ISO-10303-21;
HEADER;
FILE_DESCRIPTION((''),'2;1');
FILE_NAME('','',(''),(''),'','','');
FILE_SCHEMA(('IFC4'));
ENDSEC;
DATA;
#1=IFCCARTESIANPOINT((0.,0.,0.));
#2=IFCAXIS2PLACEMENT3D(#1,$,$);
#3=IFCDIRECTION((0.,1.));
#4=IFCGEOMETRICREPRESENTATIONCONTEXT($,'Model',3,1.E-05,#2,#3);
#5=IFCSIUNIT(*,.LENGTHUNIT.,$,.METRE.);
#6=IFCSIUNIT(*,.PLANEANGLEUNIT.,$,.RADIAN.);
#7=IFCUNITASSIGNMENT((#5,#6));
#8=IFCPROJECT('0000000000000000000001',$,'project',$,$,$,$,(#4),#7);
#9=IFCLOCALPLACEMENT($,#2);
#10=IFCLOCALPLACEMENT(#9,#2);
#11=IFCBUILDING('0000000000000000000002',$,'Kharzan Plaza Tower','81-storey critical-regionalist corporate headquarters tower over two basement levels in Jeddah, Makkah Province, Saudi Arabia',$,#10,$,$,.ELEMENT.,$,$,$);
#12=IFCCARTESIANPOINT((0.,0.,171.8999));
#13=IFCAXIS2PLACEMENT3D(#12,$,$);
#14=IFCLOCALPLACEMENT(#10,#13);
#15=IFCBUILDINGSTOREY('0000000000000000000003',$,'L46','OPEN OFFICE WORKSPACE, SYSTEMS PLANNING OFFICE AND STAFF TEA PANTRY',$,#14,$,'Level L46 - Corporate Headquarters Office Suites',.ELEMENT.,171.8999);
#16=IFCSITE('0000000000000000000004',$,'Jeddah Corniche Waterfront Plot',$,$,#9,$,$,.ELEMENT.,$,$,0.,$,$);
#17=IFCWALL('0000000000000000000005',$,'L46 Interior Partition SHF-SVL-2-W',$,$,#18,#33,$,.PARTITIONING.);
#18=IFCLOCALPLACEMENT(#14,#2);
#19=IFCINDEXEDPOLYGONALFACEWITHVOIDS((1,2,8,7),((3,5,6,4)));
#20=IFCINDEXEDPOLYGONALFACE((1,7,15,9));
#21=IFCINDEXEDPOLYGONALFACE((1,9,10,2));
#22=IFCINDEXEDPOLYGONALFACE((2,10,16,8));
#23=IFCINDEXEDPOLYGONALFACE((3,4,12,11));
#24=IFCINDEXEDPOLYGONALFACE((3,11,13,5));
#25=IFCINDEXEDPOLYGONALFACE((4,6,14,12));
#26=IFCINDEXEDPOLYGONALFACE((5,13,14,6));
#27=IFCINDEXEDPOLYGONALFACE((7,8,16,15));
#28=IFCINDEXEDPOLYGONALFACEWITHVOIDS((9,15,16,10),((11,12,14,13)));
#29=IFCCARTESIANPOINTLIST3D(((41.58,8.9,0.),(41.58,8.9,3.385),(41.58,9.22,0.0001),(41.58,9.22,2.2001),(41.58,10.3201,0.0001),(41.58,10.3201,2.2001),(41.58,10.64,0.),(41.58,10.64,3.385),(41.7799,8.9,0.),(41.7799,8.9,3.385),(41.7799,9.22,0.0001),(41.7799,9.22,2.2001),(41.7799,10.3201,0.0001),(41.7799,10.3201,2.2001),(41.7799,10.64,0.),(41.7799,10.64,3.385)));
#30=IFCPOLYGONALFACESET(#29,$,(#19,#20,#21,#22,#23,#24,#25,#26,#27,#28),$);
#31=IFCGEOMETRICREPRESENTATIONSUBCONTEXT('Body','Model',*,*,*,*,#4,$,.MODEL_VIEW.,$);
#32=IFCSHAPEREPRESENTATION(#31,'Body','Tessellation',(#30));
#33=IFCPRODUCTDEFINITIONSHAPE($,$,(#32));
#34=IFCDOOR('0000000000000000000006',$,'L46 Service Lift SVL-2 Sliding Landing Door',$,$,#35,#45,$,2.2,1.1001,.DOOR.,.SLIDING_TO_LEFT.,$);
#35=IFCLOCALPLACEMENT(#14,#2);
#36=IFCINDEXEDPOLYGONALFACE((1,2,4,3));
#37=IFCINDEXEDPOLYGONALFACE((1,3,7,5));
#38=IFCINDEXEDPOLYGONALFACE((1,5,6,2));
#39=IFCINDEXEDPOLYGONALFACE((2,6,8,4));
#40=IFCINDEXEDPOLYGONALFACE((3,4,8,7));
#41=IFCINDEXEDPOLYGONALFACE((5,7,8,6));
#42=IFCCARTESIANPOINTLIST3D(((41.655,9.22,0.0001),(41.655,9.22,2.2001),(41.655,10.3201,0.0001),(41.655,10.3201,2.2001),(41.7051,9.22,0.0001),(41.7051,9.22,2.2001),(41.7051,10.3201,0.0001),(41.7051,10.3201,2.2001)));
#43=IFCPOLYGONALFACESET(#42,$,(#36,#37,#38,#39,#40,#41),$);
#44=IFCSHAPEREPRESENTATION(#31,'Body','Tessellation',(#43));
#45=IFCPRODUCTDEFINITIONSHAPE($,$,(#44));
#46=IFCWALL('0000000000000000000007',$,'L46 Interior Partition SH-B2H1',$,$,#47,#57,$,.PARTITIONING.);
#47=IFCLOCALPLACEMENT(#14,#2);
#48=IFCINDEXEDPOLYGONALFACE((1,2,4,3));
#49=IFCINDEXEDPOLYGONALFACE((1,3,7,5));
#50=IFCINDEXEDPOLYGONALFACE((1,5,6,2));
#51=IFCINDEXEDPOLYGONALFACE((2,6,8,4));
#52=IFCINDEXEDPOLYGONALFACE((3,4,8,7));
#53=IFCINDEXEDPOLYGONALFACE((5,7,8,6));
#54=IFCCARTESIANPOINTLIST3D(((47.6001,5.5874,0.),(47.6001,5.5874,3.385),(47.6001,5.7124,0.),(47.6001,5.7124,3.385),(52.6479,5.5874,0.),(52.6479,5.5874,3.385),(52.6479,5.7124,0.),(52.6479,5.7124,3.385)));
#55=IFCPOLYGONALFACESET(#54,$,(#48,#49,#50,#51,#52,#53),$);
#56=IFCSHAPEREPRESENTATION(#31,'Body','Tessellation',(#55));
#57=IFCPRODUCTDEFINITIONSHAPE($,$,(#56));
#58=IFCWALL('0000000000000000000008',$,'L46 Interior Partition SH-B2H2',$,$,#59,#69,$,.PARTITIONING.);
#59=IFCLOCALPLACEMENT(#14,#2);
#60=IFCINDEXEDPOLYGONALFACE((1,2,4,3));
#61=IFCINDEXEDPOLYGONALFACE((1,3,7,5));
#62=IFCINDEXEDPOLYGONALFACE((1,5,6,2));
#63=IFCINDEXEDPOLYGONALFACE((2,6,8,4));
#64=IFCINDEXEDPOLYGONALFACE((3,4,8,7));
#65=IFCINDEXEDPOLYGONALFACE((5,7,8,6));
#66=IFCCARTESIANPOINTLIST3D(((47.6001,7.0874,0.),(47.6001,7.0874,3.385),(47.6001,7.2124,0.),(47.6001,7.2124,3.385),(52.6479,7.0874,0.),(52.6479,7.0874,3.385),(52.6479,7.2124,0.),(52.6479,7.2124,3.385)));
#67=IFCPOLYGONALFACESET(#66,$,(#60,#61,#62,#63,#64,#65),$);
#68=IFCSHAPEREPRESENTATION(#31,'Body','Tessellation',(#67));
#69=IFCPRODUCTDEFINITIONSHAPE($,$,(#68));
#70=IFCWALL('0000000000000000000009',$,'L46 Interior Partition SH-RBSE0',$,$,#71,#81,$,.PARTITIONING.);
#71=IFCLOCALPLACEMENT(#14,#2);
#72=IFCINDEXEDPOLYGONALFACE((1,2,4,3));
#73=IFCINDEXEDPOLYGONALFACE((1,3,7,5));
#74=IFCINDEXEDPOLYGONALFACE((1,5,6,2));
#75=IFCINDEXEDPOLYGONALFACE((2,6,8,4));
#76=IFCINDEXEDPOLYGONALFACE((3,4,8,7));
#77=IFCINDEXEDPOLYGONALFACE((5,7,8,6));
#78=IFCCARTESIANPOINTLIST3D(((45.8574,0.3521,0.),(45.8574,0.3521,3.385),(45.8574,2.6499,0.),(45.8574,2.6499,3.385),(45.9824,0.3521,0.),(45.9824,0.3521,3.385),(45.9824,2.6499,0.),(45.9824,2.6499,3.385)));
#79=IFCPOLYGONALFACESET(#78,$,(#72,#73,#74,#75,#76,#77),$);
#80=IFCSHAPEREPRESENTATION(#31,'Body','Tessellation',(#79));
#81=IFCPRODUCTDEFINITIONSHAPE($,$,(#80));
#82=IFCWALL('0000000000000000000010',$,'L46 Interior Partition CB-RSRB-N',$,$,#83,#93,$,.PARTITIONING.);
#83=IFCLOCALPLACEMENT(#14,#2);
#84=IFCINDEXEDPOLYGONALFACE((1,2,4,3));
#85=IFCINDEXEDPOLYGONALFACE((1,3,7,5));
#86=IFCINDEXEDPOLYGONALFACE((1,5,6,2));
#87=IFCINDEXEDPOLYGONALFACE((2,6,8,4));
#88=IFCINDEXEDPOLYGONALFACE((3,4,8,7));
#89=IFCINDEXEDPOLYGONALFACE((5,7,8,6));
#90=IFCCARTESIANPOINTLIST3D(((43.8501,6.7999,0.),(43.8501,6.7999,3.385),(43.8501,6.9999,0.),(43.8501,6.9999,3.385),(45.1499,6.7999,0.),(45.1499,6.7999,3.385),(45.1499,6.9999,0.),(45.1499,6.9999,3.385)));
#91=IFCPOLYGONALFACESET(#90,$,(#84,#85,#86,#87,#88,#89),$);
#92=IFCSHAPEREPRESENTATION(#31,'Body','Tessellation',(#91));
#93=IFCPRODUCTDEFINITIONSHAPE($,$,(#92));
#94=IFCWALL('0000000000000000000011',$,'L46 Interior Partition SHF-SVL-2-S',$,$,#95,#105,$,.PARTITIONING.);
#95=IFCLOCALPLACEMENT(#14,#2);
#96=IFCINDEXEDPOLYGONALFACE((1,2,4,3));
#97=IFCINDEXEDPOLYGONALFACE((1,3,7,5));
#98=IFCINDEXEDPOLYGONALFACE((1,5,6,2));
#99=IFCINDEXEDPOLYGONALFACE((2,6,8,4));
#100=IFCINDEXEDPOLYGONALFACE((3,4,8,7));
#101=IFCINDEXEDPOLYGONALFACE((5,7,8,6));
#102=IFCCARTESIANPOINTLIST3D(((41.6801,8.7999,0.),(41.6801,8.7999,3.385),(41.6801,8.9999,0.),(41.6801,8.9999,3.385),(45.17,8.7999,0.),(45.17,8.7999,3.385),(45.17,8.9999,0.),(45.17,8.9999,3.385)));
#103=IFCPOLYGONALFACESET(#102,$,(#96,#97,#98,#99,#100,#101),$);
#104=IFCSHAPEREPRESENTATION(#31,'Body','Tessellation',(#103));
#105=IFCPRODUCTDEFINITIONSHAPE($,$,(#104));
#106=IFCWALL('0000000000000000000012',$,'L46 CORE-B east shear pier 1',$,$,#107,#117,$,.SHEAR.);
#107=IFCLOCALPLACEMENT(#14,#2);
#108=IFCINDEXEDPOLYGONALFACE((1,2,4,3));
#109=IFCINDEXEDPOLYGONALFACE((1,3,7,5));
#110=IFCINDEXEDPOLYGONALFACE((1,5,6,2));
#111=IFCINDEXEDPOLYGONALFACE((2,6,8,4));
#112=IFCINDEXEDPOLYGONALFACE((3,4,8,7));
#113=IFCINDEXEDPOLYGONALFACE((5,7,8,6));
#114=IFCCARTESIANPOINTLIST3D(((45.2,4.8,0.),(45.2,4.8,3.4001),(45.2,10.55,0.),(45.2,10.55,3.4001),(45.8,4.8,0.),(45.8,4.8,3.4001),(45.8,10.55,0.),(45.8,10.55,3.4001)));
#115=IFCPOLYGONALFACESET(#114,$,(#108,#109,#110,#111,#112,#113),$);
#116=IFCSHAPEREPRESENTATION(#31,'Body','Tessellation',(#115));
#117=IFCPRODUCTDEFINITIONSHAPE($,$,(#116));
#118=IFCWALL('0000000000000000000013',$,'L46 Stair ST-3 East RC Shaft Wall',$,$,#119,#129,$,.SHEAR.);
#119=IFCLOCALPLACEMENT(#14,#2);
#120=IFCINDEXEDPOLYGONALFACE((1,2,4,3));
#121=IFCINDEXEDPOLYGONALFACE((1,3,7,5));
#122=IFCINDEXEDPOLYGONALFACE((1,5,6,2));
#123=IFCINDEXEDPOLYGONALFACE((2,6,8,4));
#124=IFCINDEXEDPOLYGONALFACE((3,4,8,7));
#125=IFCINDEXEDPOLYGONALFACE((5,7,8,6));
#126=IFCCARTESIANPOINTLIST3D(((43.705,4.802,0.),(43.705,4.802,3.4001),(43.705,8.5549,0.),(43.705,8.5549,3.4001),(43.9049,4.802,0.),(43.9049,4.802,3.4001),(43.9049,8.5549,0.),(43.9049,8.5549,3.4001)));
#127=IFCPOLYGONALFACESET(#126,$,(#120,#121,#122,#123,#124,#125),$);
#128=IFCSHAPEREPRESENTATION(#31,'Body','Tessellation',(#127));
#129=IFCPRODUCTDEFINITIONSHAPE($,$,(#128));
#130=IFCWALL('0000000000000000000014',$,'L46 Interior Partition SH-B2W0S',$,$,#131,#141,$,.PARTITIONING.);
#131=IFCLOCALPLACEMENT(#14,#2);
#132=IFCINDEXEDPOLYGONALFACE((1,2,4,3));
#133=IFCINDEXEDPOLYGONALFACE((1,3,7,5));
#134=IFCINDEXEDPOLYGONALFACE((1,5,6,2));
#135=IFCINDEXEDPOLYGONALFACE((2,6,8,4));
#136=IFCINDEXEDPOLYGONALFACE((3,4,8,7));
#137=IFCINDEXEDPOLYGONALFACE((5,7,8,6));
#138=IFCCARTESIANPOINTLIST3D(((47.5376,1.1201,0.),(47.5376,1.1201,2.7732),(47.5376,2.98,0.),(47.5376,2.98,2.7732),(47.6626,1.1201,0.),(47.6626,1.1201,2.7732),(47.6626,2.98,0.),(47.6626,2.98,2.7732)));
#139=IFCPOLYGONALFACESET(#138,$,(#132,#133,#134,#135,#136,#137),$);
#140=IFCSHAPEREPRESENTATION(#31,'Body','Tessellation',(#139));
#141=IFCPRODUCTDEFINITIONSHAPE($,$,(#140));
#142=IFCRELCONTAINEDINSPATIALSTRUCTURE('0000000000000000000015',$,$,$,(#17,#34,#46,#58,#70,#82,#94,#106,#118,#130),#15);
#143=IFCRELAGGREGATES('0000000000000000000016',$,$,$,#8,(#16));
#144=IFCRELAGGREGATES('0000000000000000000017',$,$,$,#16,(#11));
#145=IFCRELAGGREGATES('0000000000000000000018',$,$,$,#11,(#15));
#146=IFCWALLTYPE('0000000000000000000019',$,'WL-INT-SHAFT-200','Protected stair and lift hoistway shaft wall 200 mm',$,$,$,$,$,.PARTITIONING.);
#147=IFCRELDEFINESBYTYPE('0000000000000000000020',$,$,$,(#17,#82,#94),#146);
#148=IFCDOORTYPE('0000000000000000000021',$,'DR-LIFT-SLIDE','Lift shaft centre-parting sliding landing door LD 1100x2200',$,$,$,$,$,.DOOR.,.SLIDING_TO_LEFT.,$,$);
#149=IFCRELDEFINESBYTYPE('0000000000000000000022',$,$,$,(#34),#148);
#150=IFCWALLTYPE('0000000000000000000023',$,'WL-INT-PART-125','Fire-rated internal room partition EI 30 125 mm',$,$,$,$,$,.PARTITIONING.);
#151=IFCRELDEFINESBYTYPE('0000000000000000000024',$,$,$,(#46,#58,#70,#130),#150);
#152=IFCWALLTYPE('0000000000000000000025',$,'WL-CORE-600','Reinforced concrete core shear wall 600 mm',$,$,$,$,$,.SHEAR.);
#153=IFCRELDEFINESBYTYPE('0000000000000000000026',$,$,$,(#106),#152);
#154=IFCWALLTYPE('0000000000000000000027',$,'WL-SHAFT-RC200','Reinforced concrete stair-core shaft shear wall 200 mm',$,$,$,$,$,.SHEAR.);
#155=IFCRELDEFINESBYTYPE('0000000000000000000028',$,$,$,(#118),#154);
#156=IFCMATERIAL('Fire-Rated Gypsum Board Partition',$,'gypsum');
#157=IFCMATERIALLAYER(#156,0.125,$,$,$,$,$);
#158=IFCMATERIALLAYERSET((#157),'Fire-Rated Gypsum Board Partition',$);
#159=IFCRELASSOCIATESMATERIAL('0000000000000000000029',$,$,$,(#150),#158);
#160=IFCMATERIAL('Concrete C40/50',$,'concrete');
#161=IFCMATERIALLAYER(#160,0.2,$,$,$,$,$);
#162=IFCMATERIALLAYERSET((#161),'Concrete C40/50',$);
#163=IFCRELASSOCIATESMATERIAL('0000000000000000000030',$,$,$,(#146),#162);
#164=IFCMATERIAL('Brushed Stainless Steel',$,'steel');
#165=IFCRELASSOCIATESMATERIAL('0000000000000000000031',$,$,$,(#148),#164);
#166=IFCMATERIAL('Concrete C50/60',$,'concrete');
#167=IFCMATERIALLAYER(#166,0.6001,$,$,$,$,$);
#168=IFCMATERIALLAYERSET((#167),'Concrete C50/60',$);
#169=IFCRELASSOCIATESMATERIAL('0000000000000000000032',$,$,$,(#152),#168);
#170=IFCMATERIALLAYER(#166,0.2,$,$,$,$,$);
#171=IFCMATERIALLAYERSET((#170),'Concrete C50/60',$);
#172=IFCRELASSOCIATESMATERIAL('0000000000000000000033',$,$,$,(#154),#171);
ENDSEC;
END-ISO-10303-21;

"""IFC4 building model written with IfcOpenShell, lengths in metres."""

from ifc_helpers import new_model, si_unit, direction, frame, frame_2d, origin, place, context, subcontext, project, spatial, rectangle, extrude, source, transform, mapped, material, layer, layer_set, type_object, element, fill, save


model = new_model("IFC4")

# Units and contexts
model_context = context("Model", 3, precision=1e-05, world=origin(), true_north=direction((0.0, 1.0)))
body_context = subcontext(model_context, "Body", "Model", "MODEL_VIEW")
ifc_project = project(units=[si_unit("LENGTHUNIT", "METRE"), si_unit("PLANEANGLEUNIT", "RADIAN")], contexts=[model_context])

# Site, building, storey
site_placement = place(None, origin())
site = spatial("IfcSite", under=ifc_project, at=site_placement, Name="Jeddah Corniche Waterfront Plot", CompositionType="ELEMENT", RefElevation=0.0)
building_placement = place(site_placement, origin())
building = spatial("IfcBuilding", under=site, at=building_placement, Name="Kharzan Plaza Tower", Description="81-storey critical-regionalist corporate headquarters tower over two basement levels in Jeddah, Makkah Province, Saudi Arabia", CompositionType="ELEMENT")
storey_placement = place(building_placement, frame((0.0, 0.0, 171.8999)))
storey = spatial("IfcBuildingStorey", under=building, at=storey_placement, Name="L46", Description="OPEN OFFICE WORKSPACE, SYSTEMS PLANNING OFFICE AND STAFF TEA PANTRY", LongName="Level L46 - Corporate Headquarters Office Suites", CompositionType="ELEMENT", Elevation=171.8999)

# Shared definitions
ifc_material_1 = material(Name="Concrete C50/60", Category="concrete")

# Wall, opening, door
ifc_material_2 = material(Name="Fire-Rated Gypsum Board Partition", Category="gypsum")
ifc_layer_1 = layer(ifc_material_2, 0.125)
ifc_layer_set_1 = layer_set([ifc_layer_1], Name="Fire-Rated Gypsum Board Partition")
wall_type_1 = type_object("IfcWallType", Name="WL-INT-PART-125", Description="Fire-rated internal room partition EI 30 125 mm", PredefinedType="PARTITIONING", material=ifc_layer_set_1)
ifc_material_3 = material(Name="Concrete C40/50", Category="concrete")
ifc_layer_2 = layer(ifc_material_3, 0.2)
ifc_layer_set_2 = layer_set([ifc_layer_2], Name="Concrete C40/50")
wall_type_2 = type_object("IfcWallType", Name="WL-INT-SHAFT-200", Description="Protected stair and lift hoistway shaft wall 200 mm", PredefinedType="PARTITIONING", material=ifc_layer_set_2)
wall_1_placement = place(storey_placement, frame((41.6799, 8.8999, 0.0), z_axis=(0.0, 0.0, 1.0), x_axis=(0.0, 1.0, 0.0)))
wall_1 = element("IfcWall", 1, at=wall_1_placement, inside=storey, type_object=wall_type_2, Name="L46 Interior Partition SHF-SVL-2-W", PredefinedType="PARTITIONING", context=body_context, shape_type="SweptSolid", body=[
    extrude(rectangle(XDim=1.74, YDim=0.2, at=frame_2d((0.8701, 0.0))), origin(), (0.0, 0.0, 1.0), 3.385),
])
opening_1_placement = place(wall_1_placement, frame((0.3201, 0.0, 0.0)))
opening_1 = element("IfcOpeningElement", 2, at=opening_1_placement, cuts=wall_1, PredefinedType="OPENING", context=body_context, shape_type="SweptSolid", body=[
    extrude(rectangle(XDim=1.1001, YDim=2.2, at=frame_2d((0.55, 1.1001))), frame((0.0, 0.1099, 0.0), z_axis=(0.0, -1.0, 0.0), x_axis=(1.0, 0.0, 0.0)), (0.0, 0.0, 1.0), 0.22),
])
ifc_material_4 = material(Name="Brushed Stainless Steel", Category="steel")
door_type_1 = type_object("IfcDoorType", Name="DR-LIFT-SLIDE", Description="Lift shaft centre-parting sliding landing door LD 1100x2200", OperationType="SLIDING_TO_LEFT", PredefinedType="DOOR", material=ifc_material_4)
shared_shape_1 = source(origin(), body_context, "Body", "SweptSolid", [
    extrude(rectangle(XDim=1.1001, YDim=2.2, at=frame_2d((0.55, 1.1001))), frame((0.0, 0.0249, 0.0), z_axis=(0.0, -1.0, 0.0), x_axis=(1.0, 0.0, 0.0)), (0.0, 0.0, 1.0), 0.05),
])
door_1_placement = place(opening_1_placement, origin())
door_1 = element("IfcDoor", 3, at=door_1_placement, inside=storey, type_object=door_type_1, Name="L46 Service Lift SVL-2 Sliding Landing Door", OperationType="SLIDING_TO_LEFT", OverallHeight=2.2, OverallWidth=1.1001, PredefinedType="DOOR", context=body_context, shape_type="MappedRepresentation", body=[
    mapped(shared_shape_1, transform((0.0, 0.0, 0.0), x_axis=(1.0, 0.0, 0.0), y_axis=(0.0, 1.0, 0.0), z_axis=(0.0, 0.0, 1.0))),
])
fill(opening_1, door_1)

# Walls
shared_shape_2 = source(origin(), body_context, "Body", "SweptSolid", [
    extrude(rectangle(XDim=5.0479, YDim=0.125, at=frame_2d((2.5239, 0.0))), origin(), (0.0, 0.0, 1.0), 3.385),
])
for number, where, z_axis, x_axis, name in (
    (4, (47.6001, 5.6499, 0.0), (0.0, 0.0, 1.0), (1.0, 0.0, 0.0), "L46 Interior Partition SH-B2H1"),
    (5, (47.6001, 7.1499, 0.0), (0.0, 0.0, 1.0), (1.0, 0.0, 0.0), "L46 Interior Partition SH-B2H2"),
):
    element("IfcWall", number, at=place(storey_placement, frame(where, z_axis=z_axis, x_axis=x_axis)), inside=storey, type_object=wall_type_1, Name=name, PredefinedType="PARTITIONING", context=body_context, shape_type="MappedRepresentation", body=[
        mapped(shared_shape_2, transform((0.0, 0.0, 0.0), x_axis=(1.0, 0.0, 0.0), y_axis=(0.0, 1.0, 0.0), z_axis=(0.0, 0.0, 1.0))),
    ])
shared_shape_3 = source(origin(), body_context, "Body", "SweptSolid", [
    extrude(rectangle(XDim=2.2979, YDim=0.125, at=frame_2d((1.1489, 0.0))), origin(), (0.0, 0.0, 1.0), 3.385),
])
wall_2_placement = place(storey_placement, frame((45.9199, 0.3521, 0.0), z_axis=(0.0, 0.0, 1.0), x_axis=(0.0, 1.0, 0.0)))
element("IfcWall", 6, at=wall_2_placement, inside=storey, type_object=wall_type_1, Name="L46 Interior Partition SH-RBSE0", PredefinedType="PARTITIONING", context=body_context, shape_type="MappedRepresentation", body=[
    mapped(shared_shape_3, transform((0.0, 0.0, 0.0), x_axis=(1.0, 0.0, 0.0), y_axis=(0.0, 1.0, 0.0), z_axis=(0.0, 0.0, 1.0))),
])
shared_shape_4 = source(origin(), body_context, "Body", "SweptSolid", [
    extrude(rectangle(XDim=1.2998, YDim=0.2, at=frame_2d((0.6499, 0.0))), origin(), (0.0, 0.0, 1.0), 3.385),
])
wall_3_placement = place(storey_placement, frame((43.8501, 6.8999, 0.0), z_axis=(0.0, 0.0, 1.0), x_axis=(1.0, 0.0, 0.0)))
element("IfcWall", 7, at=wall_3_placement, inside=storey, type_object=wall_type_2, Name="L46 Interior Partition CB-RSRB-N", PredefinedType="PARTITIONING", context=body_context, shape_type="MappedRepresentation", body=[
    mapped(shared_shape_4, transform((0.0, 0.0, 0.0), x_axis=(1.0, 0.0, 0.0), y_axis=(0.0, 1.0, 0.0), z_axis=(0.0, 0.0, 1.0))),
])
shared_shape_5 = source(origin(), body_context, "Body", "SweptSolid", [
    extrude(rectangle(XDim=3.49, YDim=0.2, at=frame_2d((1.7451, 0.0))), origin(), (0.0, 0.0, 1.0), 3.385),
])
wall_4_placement = place(storey_placement, frame((41.6799, 8.8999, 0.0), z_axis=(0.0, 0.0, 1.0), x_axis=(1.0, 0.0, 0.0)))
element("IfcWall", 8, at=wall_4_placement, inside=storey, type_object=wall_type_2, Name="L46 Interior Partition SHF-SVL-2-S", PredefinedType="PARTITIONING", context=body_context, shape_type="MappedRepresentation", body=[
    mapped(shared_shape_5, transform((0.0, 0.0, 0.0), x_axis=(1.0, 0.0, 0.0), y_axis=(0.0, 1.0, 0.0), z_axis=(0.0, 0.0, 1.0))),
])
ifc_layer_3 = layer(ifc_material_1, 0.6001)
ifc_layer_set_3 = layer_set([ifc_layer_3], Name="Concrete C50/60")
wall_type_3 = type_object("IfcWallType", Name="WL-CORE-600", Description="Reinforced concrete core shear wall 600 mm", PredefinedType="SHEAR", material=ifc_layer_set_3)
shared_shape_6 = source(origin(), body_context, "Body", "SweptSolid", [
    extrude(rectangle(XDim=5.75, YDim=0.6001, at=frame_2d((2.875, 0.0))), origin(), (0.0, 0.0, 1.0), 3.4001),
])
wall_5_placement = place(storey_placement, frame((45.5, 4.8, 0.0), z_axis=(0.0, 0.0, 1.0), x_axis=(0.0, 1.0, 0.0)))
element("IfcWall", 9, at=wall_5_placement, inside=storey, type_object=wall_type_3, Name="L46 CORE-B east shear pier 1", PredefinedType="SHEAR", context=body_context, shape_type="MappedRepresentation", body=[
    mapped(shared_shape_6, transform((0.0, 0.0, 0.0), x_axis=(1.0, 0.0, 0.0), y_axis=(0.0, 1.0, 0.0), z_axis=(0.0, 0.0, 1.0))),
])
ifc_layer_4 = layer(ifc_material_1, 0.2)
ifc_layer_set_4 = layer_set([ifc_layer_4], Name="Concrete C50/60")
wall_type_4 = type_object("IfcWallType", Name="WL-SHAFT-RC200", Description="Reinforced concrete stair-core shaft shear wall 200 mm", PredefinedType="SHEAR", material=ifc_layer_set_4)
shared_shape_7 = source(origin(), body_context, "Body", "SweptSolid", [
    extrude(rectangle(XDim=3.7529, YDim=0.2, at=frame_2d((1.8765, 0.0))), origin(), (0.0, 0.0, 1.0), 3.4001),
])
wall_6_placement = place(storey_placement, frame((43.8049, 4.802, 0.0), z_axis=(0.0, 0.0, 1.0), x_axis=(0.0, 1.0, 0.0)))
element("IfcWall", 10, at=wall_6_placement, inside=storey, type_object=wall_type_4, Name="L46 Stair ST-3 East RC Shaft Wall", PredefinedType="SHEAR", context=body_context, shape_type="MappedRepresentation", body=[
    mapped(shared_shape_7, transform((0.0, 0.0, 0.0), x_axis=(1.0, 0.0, 0.0), y_axis=(0.0, 1.0, 0.0), z_axis=(0.0, 0.0, 1.0))),
])
shared_shape_8 = source(origin(), body_context, "Body", "SweptSolid", [
    extrude(rectangle(XDim=1.8599, YDim=0.125, at=frame_2d((0.9299, 0.0))), origin(), (0.0, 0.0, 1.0), 2.7732),
])
wall_7_placement = place(storey_placement, frame((47.6001, 1.1201, 0.0), z_axis=(0.0, 0.0, 1.0), x_axis=(0.0, 1.0, 0.0)))
element("IfcWall", 11, at=wall_7_placement, inside=storey, type_object=wall_type_1, Name="L46 Interior Partition SH-B2W0S", PredefinedType="PARTITIONING", context=body_context, shape_type="MappedRepresentation", body=[
    mapped(shared_shape_8, transform((0.0, 0.0, 0.0), x_axis=(1.0, 0.0, 0.0), y_axis=(0.0, 1.0, 0.0), z_axis=(0.0, 0.0, 1.0))),
])

save(model, "model.ifc")
